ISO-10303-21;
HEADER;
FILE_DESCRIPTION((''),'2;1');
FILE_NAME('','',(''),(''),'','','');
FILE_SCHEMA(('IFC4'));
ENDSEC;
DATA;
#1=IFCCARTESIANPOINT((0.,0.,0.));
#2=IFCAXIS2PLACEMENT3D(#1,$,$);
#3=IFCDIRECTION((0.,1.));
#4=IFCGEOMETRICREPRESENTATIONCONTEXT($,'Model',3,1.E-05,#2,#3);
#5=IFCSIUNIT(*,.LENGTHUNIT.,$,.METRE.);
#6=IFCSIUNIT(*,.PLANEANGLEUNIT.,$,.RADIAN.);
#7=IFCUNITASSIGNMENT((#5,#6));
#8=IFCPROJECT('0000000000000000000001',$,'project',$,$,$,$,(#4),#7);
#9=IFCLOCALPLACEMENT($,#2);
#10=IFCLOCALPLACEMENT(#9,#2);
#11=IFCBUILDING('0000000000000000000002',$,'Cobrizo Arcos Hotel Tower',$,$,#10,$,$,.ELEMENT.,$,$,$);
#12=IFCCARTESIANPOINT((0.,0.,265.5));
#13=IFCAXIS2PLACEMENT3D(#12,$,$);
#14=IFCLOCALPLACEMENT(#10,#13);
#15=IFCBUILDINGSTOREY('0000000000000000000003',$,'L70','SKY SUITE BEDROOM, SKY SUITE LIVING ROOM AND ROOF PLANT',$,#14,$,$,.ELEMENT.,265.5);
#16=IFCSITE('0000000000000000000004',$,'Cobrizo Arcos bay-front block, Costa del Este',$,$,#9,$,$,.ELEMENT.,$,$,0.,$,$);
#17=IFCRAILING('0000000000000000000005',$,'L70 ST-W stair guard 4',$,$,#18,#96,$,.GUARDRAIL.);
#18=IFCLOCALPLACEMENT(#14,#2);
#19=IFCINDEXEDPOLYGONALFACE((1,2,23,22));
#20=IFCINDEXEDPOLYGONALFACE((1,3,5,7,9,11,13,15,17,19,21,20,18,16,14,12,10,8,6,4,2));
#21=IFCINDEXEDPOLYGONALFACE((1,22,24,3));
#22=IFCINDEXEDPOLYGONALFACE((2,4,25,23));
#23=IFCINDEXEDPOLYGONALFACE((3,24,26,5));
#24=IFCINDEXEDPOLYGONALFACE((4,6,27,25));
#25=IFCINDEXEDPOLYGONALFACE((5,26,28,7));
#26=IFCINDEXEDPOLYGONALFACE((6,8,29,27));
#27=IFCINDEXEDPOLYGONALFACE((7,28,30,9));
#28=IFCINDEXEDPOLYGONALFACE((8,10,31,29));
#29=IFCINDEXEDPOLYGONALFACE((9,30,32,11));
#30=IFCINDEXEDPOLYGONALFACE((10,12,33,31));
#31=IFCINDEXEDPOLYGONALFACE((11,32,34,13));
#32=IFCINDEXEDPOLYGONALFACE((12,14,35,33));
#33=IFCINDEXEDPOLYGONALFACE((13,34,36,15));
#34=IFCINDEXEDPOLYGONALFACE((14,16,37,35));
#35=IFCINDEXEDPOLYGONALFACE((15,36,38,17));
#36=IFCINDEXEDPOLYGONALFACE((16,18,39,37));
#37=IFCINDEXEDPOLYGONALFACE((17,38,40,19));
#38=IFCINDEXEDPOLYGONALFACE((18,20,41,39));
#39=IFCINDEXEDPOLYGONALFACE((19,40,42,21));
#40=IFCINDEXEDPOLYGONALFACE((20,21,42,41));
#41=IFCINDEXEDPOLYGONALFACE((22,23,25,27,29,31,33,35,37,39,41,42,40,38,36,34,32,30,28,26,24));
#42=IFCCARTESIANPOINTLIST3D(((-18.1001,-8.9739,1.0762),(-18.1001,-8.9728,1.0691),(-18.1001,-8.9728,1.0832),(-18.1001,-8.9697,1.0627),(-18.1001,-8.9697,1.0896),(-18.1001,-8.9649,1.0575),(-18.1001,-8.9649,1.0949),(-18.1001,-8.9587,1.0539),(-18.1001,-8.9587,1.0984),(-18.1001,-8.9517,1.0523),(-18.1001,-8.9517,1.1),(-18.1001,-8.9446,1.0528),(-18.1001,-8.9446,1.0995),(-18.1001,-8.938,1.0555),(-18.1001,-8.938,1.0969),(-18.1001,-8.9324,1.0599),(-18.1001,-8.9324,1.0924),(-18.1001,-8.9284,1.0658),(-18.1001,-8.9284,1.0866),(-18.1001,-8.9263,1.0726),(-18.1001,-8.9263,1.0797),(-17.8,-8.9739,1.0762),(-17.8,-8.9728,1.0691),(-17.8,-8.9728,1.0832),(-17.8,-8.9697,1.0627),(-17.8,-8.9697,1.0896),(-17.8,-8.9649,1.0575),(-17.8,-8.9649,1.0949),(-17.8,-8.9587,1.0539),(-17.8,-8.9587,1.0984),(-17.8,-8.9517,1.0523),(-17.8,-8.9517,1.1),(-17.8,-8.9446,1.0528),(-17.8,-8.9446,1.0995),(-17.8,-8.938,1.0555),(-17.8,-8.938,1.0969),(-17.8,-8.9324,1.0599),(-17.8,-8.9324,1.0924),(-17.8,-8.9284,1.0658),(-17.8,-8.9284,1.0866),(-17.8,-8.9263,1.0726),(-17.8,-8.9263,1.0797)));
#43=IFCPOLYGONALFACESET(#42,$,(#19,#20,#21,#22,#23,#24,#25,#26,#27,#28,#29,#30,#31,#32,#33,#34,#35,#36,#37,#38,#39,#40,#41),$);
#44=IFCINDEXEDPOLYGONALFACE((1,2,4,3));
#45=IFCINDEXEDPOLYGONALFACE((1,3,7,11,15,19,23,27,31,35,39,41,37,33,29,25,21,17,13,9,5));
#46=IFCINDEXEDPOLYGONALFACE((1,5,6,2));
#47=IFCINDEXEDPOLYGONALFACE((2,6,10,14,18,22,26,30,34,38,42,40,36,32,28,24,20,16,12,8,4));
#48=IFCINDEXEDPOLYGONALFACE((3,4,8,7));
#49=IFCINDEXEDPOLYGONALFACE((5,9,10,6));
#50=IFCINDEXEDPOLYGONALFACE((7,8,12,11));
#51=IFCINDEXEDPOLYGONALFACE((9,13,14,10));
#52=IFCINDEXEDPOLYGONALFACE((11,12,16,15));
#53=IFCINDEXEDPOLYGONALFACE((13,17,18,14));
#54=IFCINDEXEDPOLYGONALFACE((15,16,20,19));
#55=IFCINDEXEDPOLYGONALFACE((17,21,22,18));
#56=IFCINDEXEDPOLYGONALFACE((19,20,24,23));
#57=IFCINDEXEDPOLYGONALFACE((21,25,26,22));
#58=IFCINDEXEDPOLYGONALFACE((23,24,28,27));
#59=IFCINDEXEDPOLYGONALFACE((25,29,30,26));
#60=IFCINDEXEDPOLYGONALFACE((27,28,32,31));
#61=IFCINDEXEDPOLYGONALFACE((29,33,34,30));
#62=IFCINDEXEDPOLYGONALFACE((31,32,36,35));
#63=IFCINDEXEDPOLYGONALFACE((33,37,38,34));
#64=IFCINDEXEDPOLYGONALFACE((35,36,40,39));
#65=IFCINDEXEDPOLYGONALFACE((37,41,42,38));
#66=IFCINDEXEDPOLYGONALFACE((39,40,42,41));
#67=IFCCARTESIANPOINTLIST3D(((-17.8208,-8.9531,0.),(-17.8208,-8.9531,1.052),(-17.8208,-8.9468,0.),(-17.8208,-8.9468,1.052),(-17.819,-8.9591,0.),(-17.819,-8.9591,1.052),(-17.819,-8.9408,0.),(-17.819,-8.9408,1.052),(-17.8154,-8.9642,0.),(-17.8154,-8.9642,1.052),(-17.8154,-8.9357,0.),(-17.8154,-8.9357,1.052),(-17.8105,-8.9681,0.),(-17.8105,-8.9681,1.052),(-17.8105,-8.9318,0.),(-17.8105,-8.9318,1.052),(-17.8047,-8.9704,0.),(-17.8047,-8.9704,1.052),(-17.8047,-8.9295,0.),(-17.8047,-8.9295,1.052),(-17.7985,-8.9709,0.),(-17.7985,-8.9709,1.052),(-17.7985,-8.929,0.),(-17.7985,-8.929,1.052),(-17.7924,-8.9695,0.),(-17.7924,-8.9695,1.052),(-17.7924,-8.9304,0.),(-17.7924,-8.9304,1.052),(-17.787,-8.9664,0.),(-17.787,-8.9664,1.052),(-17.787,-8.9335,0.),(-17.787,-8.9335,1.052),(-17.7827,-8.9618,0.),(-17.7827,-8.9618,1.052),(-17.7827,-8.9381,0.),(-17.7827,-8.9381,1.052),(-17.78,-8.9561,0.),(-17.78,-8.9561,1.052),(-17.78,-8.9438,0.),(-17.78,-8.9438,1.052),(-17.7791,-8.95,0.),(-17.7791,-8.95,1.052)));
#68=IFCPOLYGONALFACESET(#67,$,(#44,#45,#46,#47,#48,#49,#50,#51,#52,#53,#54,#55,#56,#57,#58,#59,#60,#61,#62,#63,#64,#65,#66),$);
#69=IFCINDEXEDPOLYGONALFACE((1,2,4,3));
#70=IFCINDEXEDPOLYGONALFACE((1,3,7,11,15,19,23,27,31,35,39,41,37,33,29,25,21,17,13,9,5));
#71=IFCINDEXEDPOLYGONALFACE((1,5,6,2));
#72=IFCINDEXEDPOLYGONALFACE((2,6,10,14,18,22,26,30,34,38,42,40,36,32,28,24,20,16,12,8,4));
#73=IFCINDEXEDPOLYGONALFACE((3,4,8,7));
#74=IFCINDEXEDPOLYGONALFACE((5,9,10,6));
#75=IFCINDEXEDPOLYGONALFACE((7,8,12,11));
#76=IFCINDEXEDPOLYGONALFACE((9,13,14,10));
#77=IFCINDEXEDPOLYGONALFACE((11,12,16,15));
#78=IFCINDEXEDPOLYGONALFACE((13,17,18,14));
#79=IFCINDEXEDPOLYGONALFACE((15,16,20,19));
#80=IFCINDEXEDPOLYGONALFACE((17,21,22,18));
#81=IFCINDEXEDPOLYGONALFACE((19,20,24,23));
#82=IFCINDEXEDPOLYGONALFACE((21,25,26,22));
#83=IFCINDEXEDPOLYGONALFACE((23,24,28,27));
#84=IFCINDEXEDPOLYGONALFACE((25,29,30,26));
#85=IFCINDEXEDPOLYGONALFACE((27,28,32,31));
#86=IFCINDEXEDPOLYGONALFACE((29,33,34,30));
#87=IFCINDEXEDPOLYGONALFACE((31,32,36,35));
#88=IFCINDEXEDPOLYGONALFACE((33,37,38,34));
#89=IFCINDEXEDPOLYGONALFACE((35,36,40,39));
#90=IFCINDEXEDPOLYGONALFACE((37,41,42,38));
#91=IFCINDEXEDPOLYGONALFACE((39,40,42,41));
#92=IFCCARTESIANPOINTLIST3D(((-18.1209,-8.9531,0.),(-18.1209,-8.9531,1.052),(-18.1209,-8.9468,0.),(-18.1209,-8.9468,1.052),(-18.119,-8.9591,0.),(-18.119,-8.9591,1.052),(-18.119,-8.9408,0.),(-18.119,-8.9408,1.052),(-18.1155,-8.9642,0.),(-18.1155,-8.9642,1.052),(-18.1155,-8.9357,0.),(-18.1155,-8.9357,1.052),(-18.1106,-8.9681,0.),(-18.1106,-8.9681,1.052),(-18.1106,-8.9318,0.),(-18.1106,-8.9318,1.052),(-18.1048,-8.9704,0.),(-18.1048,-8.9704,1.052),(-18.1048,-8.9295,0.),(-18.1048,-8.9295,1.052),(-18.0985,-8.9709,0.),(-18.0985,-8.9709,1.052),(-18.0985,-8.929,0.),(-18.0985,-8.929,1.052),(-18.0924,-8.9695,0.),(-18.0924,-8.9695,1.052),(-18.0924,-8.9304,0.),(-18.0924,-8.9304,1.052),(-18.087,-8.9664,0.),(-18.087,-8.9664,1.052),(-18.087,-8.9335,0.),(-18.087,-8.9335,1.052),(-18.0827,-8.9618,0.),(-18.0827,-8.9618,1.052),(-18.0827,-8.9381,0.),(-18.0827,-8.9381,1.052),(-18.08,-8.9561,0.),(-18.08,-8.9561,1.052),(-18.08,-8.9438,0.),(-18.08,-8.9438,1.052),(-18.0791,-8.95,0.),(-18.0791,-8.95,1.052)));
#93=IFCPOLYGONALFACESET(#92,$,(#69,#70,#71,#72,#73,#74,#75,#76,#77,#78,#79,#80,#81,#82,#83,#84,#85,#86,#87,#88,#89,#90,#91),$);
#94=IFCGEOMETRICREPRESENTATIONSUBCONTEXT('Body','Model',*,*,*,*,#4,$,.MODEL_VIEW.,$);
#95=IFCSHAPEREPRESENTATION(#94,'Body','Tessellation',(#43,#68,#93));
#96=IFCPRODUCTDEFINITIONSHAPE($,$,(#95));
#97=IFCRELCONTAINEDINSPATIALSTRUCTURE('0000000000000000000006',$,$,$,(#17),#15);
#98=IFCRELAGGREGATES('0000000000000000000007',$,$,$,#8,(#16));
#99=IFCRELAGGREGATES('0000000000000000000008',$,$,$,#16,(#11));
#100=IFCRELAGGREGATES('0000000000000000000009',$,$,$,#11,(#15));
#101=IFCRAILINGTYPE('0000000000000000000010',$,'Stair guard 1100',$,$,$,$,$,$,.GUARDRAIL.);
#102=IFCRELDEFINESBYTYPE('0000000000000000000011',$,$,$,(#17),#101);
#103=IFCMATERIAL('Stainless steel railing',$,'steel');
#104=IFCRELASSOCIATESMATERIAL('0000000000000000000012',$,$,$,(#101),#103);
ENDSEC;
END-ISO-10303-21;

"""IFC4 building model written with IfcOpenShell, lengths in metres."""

from ifc_helpers import new_model, si_unit, direction, frame, origin, origin_2d, place, context, subcontext, project, spatial, circle, extrude, material, type_object, element, save


model = new_model("IFC4")

# Units and contexts
model_context = context("Model", 3, precision=1e-05, world=origin(), true_north=direction((0.0, 1.0)))
body_context = subcontext(model_context, "Body", "Model", "MODEL_VIEW")
ifc_project = project(units=[si_unit("LENGTHUNIT", "METRE"), si_unit("PLANEANGLEUNIT", "RADIAN")], contexts=[model_context])

# Site, building, storey
site_placement = place(None, origin())
site = spatial("IfcSite", under=ifc_project, at=site_placement, Name="Cobrizo Arcos bay-front block, Costa del Este", CompositionType="ELEMENT", RefElevation=0.0)
building_placement = place(site_placement, origin())
building = spatial("IfcBuilding", under=site, at=building_placement, Name="Cobrizo Arcos Hotel Tower", CompositionType="ELEMENT")
storey_placement = place(building_placement, frame((0.0, 0.0, 265.5)))
storey = spatial("IfcBuildingStorey", under=building, at=storey_placement, Name="L70", Description="SKY SUITE BEDROOM, SKY SUITE LIVING ROOM AND ROOF PLANT", CompositionType="ELEMENT", Elevation=265.5)

# Railing
ifc_material_1 = material(Name="Stainless steel railing", Category="steel")
railing_type_1 = type_object("IfcRailingType", Name="Stair guard 1100", PredefinedType="GUARDRAIL", material=ifc_material_1)
railing_1_placement = place(storey_placement, frame((-17.8, -8.95, 0.0)))
element("IfcRailing", 1, at=railing_1_placement, inside=storey, type_object=railing_type_1, Name="L70 ST-W stair guard 4", PredefinedType="GUARDRAIL", context=body_context, shape_type="SweptSolid", body=[
    extrude(circle(Radius=0.0239, at=origin_2d()), frame((0.0, 0.0, 1.0762), z_axis=(-1.0, 0.0, 0.0), x_axis=(0.0, -1.0, 0.0)), (0.0, 0.0, 1.0), 0.3),
    extrude(circle(Radius=0.021, at=origin_2d()), origin(), (0.0, 0.0, 1.0), 1.052),
    extrude(circle(Radius=0.021, at=origin_2d()), frame((-0.3, 0.0, 0.0)), (0.0, 0.0, 1.0), 1.052),
])

save(model, "model.ifc")
